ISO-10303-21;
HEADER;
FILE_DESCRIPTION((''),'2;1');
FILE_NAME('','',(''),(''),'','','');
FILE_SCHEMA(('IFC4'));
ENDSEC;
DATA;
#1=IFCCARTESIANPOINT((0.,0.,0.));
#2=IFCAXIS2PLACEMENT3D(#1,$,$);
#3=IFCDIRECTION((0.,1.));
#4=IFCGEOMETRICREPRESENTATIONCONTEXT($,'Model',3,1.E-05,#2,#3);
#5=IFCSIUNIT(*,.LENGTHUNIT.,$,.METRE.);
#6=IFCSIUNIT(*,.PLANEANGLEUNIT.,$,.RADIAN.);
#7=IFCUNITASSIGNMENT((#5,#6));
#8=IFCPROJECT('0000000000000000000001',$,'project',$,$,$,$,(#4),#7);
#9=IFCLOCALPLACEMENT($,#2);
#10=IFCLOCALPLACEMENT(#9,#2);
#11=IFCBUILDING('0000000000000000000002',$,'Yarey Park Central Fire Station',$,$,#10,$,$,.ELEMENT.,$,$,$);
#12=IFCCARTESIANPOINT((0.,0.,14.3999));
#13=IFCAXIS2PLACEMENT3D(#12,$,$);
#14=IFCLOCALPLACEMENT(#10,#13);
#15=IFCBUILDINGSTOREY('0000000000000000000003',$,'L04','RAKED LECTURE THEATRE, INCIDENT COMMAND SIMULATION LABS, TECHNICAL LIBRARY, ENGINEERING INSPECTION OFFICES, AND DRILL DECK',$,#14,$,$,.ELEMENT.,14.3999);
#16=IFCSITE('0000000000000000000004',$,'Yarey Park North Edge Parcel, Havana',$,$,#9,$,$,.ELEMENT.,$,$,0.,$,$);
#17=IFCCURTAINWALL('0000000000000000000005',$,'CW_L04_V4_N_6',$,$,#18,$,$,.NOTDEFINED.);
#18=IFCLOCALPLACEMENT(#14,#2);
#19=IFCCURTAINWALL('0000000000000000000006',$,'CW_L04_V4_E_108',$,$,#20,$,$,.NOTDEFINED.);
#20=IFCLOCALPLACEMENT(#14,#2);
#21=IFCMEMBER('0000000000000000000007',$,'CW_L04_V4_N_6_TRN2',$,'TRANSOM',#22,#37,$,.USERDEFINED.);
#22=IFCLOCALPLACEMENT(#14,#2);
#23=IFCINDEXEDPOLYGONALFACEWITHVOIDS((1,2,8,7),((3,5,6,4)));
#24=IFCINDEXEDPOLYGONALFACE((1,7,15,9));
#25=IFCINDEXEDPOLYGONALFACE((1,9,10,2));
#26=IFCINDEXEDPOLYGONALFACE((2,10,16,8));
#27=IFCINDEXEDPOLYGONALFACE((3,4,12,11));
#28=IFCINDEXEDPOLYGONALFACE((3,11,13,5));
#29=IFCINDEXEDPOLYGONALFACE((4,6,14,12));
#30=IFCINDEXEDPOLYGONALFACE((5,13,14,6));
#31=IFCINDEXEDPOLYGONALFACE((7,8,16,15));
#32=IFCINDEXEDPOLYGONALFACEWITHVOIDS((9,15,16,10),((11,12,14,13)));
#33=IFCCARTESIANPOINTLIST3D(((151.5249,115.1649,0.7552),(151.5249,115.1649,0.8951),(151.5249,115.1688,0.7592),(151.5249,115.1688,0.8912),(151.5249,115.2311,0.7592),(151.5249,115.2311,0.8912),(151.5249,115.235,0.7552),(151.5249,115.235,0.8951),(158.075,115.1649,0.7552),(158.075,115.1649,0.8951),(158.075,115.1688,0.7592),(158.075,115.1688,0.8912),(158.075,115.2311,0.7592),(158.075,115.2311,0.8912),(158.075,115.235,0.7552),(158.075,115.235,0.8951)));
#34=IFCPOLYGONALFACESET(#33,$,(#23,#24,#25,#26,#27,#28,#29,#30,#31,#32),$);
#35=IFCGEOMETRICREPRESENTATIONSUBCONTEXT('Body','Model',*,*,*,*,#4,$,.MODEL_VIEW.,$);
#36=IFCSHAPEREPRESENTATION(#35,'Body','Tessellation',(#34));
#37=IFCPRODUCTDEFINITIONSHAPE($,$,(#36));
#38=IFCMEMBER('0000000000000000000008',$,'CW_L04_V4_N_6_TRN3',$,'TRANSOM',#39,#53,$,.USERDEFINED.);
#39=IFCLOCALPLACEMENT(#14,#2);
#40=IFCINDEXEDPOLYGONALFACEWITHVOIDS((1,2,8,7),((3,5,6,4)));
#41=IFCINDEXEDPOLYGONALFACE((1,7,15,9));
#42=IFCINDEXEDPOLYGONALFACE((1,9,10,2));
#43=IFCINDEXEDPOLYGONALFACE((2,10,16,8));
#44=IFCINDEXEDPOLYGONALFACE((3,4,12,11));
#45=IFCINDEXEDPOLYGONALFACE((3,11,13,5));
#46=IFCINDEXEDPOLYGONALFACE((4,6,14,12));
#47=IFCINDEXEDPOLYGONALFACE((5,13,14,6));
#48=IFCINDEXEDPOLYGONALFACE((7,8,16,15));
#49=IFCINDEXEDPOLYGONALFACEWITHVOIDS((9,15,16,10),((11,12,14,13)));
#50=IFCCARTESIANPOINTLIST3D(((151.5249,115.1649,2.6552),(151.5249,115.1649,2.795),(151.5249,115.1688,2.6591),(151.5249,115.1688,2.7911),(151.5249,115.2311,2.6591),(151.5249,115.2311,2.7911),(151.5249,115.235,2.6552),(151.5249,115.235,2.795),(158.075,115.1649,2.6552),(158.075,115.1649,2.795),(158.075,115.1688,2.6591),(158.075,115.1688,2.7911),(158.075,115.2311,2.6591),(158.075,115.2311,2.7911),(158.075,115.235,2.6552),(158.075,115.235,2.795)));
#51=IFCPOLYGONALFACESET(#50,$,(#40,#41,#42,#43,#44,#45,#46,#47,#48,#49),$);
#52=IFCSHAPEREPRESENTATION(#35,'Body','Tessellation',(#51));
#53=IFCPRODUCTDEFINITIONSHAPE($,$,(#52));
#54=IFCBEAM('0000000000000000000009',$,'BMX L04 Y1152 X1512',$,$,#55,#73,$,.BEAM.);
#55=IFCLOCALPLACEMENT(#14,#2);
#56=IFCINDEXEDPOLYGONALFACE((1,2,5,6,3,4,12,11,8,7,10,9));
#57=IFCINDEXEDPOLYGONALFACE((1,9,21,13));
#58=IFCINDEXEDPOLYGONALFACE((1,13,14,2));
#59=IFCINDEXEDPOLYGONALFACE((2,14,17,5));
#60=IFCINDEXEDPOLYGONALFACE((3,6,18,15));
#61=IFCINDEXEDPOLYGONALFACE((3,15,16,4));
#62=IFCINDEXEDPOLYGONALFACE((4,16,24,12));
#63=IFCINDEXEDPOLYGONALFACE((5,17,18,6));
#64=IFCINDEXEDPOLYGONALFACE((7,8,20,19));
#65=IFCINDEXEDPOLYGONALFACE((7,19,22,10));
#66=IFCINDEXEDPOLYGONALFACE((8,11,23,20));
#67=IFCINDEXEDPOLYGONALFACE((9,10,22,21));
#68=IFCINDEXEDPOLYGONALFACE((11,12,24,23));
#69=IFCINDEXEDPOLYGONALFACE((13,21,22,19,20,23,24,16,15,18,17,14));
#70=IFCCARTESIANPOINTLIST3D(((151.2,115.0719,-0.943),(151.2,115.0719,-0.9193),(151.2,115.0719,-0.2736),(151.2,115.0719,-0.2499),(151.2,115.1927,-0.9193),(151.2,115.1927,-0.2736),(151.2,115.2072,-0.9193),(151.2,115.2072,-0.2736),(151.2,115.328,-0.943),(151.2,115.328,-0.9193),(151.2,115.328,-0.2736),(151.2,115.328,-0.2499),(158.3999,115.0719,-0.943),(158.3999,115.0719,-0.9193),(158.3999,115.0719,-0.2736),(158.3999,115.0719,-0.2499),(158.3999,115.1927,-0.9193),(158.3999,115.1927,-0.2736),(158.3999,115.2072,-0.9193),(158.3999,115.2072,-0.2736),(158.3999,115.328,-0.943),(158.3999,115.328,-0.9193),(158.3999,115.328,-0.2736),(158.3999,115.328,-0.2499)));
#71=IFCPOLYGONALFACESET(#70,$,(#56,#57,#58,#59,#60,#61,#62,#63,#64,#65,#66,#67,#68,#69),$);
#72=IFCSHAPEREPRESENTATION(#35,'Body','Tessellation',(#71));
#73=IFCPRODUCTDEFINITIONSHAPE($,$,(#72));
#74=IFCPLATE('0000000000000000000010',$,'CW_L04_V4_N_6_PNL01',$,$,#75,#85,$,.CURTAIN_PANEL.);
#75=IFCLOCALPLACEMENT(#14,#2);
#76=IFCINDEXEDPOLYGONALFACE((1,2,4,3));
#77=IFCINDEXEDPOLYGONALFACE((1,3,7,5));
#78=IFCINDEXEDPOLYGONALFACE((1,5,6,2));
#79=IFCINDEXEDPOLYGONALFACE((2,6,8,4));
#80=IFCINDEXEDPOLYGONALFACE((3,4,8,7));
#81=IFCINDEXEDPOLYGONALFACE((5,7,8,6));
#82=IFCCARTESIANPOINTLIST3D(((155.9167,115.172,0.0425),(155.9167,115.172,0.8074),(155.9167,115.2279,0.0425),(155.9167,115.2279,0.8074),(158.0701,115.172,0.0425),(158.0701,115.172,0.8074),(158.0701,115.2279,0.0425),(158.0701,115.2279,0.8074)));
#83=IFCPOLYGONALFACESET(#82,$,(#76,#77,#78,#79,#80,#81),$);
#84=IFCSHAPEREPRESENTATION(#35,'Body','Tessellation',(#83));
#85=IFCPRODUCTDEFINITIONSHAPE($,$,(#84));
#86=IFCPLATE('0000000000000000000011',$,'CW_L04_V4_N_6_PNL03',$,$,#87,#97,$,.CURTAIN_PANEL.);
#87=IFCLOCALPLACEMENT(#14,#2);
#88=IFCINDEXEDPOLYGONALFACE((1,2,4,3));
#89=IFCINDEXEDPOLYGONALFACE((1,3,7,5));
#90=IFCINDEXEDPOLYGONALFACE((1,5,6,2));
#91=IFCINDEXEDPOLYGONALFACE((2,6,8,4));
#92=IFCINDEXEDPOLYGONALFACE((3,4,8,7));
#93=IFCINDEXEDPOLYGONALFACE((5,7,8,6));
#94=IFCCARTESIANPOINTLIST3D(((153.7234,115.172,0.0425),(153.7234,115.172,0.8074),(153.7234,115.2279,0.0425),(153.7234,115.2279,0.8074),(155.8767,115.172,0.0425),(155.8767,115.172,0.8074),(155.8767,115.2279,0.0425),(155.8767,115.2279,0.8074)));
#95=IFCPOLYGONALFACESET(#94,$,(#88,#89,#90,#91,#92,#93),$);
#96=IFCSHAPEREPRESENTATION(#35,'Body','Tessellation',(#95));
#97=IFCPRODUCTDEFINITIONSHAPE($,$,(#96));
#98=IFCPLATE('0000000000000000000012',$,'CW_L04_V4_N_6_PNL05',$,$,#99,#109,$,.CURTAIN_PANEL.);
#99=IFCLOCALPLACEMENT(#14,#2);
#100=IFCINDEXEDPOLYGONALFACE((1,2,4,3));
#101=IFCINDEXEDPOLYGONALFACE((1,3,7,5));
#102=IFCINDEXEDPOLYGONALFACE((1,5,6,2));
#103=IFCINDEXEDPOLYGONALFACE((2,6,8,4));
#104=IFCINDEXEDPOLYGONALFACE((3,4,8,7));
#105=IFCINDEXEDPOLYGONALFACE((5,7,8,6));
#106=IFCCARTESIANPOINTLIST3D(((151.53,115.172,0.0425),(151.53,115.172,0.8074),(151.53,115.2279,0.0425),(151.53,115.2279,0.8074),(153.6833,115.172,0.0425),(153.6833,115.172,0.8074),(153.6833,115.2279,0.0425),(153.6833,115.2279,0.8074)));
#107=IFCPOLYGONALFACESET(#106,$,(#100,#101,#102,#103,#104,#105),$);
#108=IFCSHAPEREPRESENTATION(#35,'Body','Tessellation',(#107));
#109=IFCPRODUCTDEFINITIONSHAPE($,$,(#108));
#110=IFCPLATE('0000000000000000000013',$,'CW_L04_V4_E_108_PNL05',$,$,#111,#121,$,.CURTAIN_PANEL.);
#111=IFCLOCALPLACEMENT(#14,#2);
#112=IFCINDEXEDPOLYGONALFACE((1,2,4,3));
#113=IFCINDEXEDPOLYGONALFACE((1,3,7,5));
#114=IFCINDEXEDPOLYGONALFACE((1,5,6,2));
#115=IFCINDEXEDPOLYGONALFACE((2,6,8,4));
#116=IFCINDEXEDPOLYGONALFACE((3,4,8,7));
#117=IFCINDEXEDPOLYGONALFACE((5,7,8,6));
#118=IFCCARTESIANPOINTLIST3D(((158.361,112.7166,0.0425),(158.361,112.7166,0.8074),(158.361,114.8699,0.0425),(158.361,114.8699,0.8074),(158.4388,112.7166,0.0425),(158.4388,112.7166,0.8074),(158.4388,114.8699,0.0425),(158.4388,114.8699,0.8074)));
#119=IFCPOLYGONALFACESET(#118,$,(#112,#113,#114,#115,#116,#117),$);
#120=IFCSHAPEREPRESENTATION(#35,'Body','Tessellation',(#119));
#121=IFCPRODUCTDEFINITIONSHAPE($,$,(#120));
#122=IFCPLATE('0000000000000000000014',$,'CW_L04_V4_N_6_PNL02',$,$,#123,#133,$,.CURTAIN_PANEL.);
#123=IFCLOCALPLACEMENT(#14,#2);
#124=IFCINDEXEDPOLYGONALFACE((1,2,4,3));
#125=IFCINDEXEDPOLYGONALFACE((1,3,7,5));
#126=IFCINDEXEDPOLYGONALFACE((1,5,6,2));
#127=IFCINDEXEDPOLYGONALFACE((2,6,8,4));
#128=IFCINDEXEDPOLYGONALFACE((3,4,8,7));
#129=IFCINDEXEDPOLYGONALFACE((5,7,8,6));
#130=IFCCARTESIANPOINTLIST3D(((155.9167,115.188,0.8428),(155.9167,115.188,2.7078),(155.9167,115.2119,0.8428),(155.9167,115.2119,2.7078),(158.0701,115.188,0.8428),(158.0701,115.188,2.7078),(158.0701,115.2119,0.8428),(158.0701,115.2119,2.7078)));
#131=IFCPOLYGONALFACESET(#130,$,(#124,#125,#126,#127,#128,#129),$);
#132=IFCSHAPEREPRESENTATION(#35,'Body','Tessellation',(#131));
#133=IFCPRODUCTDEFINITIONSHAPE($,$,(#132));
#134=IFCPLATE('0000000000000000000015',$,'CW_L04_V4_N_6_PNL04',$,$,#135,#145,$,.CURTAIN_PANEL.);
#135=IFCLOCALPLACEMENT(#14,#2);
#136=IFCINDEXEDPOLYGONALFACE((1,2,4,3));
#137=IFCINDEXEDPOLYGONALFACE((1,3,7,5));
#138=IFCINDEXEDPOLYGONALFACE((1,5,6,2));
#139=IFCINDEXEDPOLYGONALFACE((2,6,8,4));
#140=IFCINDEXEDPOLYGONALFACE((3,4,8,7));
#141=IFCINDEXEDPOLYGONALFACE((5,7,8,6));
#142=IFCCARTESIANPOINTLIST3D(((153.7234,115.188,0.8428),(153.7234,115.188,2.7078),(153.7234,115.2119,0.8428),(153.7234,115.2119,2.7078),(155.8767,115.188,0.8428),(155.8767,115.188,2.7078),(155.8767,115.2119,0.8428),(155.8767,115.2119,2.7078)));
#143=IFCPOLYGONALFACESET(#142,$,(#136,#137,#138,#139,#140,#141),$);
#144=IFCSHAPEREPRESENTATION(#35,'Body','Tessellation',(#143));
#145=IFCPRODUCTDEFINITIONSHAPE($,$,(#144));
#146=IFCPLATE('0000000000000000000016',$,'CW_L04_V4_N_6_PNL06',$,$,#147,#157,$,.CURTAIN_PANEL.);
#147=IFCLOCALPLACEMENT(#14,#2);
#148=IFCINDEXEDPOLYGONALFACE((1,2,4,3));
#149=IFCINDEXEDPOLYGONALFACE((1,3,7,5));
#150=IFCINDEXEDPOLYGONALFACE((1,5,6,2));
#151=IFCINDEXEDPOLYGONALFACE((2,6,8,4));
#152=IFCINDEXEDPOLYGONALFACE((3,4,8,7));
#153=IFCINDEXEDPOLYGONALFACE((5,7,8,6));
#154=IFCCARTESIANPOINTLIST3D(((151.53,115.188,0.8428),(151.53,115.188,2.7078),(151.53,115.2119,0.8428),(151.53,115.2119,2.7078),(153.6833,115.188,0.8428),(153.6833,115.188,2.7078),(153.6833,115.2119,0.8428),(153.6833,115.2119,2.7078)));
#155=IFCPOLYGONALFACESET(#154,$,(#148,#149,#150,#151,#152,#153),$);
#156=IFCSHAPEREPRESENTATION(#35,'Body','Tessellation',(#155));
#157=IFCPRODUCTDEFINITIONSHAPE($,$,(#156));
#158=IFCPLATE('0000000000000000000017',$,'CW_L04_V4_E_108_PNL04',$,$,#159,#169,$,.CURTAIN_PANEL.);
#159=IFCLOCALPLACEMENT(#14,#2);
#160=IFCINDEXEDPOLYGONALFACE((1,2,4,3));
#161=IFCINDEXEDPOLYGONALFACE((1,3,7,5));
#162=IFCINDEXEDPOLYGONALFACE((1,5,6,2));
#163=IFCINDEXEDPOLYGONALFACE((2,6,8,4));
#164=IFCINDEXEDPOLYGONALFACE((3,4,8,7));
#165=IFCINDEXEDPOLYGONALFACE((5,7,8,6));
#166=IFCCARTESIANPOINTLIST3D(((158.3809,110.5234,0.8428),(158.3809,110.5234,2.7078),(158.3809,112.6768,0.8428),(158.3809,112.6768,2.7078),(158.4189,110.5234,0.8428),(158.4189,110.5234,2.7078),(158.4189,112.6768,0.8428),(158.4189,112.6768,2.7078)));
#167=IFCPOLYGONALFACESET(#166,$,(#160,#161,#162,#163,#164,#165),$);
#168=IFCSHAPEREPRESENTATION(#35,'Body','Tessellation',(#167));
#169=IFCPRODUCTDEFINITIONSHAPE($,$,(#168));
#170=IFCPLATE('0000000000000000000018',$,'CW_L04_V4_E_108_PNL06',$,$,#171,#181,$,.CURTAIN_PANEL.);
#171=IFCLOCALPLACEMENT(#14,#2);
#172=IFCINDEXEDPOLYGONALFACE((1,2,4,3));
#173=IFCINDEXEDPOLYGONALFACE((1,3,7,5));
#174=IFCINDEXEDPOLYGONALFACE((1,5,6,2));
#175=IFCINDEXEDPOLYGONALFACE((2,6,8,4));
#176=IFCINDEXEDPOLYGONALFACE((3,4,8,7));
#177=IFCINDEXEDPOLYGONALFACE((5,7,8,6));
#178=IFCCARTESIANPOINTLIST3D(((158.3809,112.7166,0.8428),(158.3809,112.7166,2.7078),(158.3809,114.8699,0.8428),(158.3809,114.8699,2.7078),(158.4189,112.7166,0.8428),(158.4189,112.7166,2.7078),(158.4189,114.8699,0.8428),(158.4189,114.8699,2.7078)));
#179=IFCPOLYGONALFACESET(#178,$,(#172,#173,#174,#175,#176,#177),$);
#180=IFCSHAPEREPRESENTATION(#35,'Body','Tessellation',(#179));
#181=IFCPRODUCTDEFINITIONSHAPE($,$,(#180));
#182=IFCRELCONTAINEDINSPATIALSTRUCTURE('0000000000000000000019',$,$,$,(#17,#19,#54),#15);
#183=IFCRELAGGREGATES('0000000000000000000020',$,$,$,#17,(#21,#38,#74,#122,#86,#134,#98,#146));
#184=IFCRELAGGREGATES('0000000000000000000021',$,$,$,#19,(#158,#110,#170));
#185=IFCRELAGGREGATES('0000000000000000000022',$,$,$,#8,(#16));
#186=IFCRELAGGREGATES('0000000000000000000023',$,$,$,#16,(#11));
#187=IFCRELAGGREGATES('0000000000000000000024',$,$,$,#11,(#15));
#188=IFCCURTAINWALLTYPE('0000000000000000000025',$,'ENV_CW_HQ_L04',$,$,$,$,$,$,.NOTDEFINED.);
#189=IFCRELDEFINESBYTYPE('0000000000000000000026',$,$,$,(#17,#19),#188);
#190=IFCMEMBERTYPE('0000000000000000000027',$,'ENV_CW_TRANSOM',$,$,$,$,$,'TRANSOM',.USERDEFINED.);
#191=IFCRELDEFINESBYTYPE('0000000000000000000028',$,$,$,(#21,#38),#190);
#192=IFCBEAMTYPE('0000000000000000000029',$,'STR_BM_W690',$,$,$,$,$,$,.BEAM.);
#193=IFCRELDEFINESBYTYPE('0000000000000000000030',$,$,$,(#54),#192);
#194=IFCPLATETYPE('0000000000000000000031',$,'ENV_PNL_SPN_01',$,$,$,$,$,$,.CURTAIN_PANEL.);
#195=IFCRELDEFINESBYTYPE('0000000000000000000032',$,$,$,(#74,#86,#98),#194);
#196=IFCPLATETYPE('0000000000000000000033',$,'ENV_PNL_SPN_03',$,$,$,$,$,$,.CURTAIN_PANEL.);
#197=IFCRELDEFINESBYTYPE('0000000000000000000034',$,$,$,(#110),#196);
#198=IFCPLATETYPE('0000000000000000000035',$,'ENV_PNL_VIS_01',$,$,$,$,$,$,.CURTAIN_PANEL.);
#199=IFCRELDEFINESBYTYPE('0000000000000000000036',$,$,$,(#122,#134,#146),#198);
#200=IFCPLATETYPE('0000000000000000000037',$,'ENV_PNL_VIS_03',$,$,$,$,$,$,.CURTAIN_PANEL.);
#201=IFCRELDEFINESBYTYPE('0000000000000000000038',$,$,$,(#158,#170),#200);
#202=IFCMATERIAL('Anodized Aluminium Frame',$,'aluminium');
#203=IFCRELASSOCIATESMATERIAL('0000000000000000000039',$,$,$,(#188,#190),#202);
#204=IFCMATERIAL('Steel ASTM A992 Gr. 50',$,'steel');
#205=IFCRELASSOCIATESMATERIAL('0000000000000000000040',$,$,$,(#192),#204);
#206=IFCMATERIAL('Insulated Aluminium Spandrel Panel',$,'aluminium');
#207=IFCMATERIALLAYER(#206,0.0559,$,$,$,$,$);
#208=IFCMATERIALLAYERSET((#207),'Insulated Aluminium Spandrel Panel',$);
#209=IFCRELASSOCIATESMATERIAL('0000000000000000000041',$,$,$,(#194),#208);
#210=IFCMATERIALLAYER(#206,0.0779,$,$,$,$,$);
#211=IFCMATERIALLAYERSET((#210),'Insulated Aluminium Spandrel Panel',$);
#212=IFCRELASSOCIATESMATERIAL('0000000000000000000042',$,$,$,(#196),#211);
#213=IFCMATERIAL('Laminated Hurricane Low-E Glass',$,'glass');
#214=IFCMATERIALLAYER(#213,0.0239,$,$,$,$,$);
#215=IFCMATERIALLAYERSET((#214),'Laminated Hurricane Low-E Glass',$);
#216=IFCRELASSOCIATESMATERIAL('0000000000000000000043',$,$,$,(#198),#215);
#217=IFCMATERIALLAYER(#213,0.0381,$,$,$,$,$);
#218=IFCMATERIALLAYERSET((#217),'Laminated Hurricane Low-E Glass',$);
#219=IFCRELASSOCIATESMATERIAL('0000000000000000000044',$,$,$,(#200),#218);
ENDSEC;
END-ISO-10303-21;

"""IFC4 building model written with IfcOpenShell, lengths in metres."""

from ifc_helpers import new_model, si_unit, direction, frame, origin, origin_2d, place, context, subcontext, project, spatial, rectangle, hollow_rectangle, i_section, extrude, material, layer, layer_set, material_profile, profile_set, type_object, element, aggregate, save


model = new_model("IFC4")

# Units and contexts
model_context = context("Model", 3, precision=1e-05, world=origin(), true_north=direction((0.0, 1.0)))
body_context = subcontext(model_context, "Body", "Model", "MODEL_VIEW")
ifc_project = project(units=[si_unit("LENGTHUNIT", "METRE"), si_unit("PLANEANGLEUNIT", "RADIAN")], contexts=[model_context])

# Site, building, storey
site_placement = place(None, origin())
site = spatial("IfcSite", under=ifc_project, at=site_placement, Name="Yarey Park North Edge Parcel, Havana", CompositionType="ELEMENT", RefElevation=0.0)
building_placement = place(site_placement, origin())
building = spatial("IfcBuilding", under=site, at=building_placement, Name="Yarey Park Central Fire Station", CompositionType="ELEMENT")
storey_placement = place(building_placement, frame((0.0, 0.0, 14.3999)))
storey = spatial("IfcBuildingStorey", under=building, at=storey_placement, Name="L04", Description="RAKED LECTURE THEATRE, INCIDENT COMMAND SIMULATION LABS, TECHNICAL LIBRARY, ENGINEERING INSPECTION OFFICES, AND DRILL DECK", CompositionType="ELEMENT", Elevation=14.3999)

# Curtain walls
ifc_material_1 = material(Name="Anodized Aluminium Frame", Category="aluminium")
curtain_wall_type = type_object("IfcCurtainWallType", Name="ENV_CW_HQ_L04", PredefinedType="NOTDEFINED", material=ifc_material_1)
curtain_wall_1_placement = place(storey_placement, origin())
curtain_wall_1 = element("IfcCurtainWall", 1, at=curtain_wall_1_placement, inside=storey, type_object=curtain_wall_type, Name="CW_L04_V4_N_6", PredefinedType="NOTDEFINED")
curtain_wall_2_placement = place(storey_placement, origin())
curtain_wall_2 = element("IfcCurtainWall", 2, at=curtain_wall_2_placement, inside=storey, type_object=curtain_wall_type, Name="CW_L04_V4_E_108", PredefinedType="NOTDEFINED")
ifc_material_profile_1 = material_profile(ifc_material_1, hollow_rectangle(XDim=0.0701, YDim=0.1399, WallThickness=0.0039, at=origin_2d()), Name="ALU 140x70x4")
ifc_profile_set_1 = profile_set([ifc_material_profile_1], Name="Anodized Aluminium Frame")
member_type_1 = type_object("IfcMemberType", Name="ENV_CW_TRANSOM", ElementType="TRANSOM", PredefinedType="USERDEFINED", material=ifc_profile_set_1)

# Members
member_1_placement = place(storey_placement, frame((158.075, 115.2, 0.8252), z_axis=(-1.0, 0.0, 0.0), x_axis=(0.0, -1.0, 0.0)))
member_1 = element("IfcMember", 3, at=member_1_placement, type_object=member_type_1, Name="CW_L04_V4_N_6_TRN2", ObjectType="TRANSOM", PredefinedType="USERDEFINED", context=body_context, shape_type="SweptSolid", body=[
    extrude(hollow_rectangle(XDim=0.0701, YDim=0.1399, WallThickness=0.0039, at=origin_2d()), origin(), (0.0, 0.0, 1.0), 6.55),
])
member_2_placement = place(storey_placement, frame((158.075, 115.2, 2.7251), z_axis=(-1.0, 0.0, 0.0), x_axis=(0.0, -1.0, 0.0)))
member_2 = element("IfcMember", 4, at=member_2_placement, type_object=member_type_1, Name="CW_L04_V4_N_6_TRN3", ObjectType="TRANSOM", PredefinedType="USERDEFINED", context=body_context, shape_type="SweptSolid", body=[
    extrude(hollow_rectangle(XDim=0.0701, YDim=0.1399, WallThickness=0.0039, at=origin_2d()), origin(), (0.0, 0.0, 1.0), 6.55),
])

# Beam
ifc_material_2 = material(Name="Steel ASTM A992 Gr. 50", Category="steel")
ifc_material_profile_2 = material_profile(ifc_material_2, i_section(OverallWidth=0.2561, OverallDepth=0.6931, WebThickness=0.0144, FlangeThickness=0.0237, at=origin_2d()), Name="W690x170")
ifc_profile_set_2 = profile_set([ifc_material_profile_2], Name="Steel ASTM A992 Gr. 50")
beam_type = type_object("IfcBeamType", Name="STR_BM_W690", PredefinedType="BEAM", material=ifc_profile_set_2)
beam_placement = place(storey_placement, frame((151.2, 115.2, -0.5964), z_axis=(1.0, 0.0, 0.0), x_axis=(0.0, 1.0, 0.0)))
element("IfcBeam", 5, at=beam_placement, inside=storey, type_object=beam_type, Name="BMX L04 Y1152 X1512", PredefinedType="BEAM", context=body_context, shape_type="SweptSolid", body=[
    extrude(i_section(OverallWidth=0.2561, OverallDepth=0.6931, WebThickness=0.0144, FlangeThickness=0.0237, at=origin_2d()), origin(), (0.0, 0.0, 1.0), 7.2),
])

# Plates
ifc_material_3 = material(Name="Insulated Aluminium Spandrel Panel", Category="aluminium")
ifc_layer_1 = layer(ifc_material_3, 0.0559)
ifc_layer_set_1 = layer_set([ifc_layer_1], Name="Insulated Aluminium Spandrel Panel")
plate_type_1 = type_object("IfcPlateType", Name="ENV_PNL_SPN_01", PredefinedType="CURTAIN_PANEL", material=ifc_layer_set_1)
plate_1_placement = place(storey_placement, frame((156.9934, 115.2, 0.0425), z_axis=(0.0, 0.0, 1.0), x_axis=(-1.0, 0.0, 0.0)))
plate_1 = element("IfcPlate", 6, at=plate_1_placement, type_object=plate_type_1, Name="CW_L04_V4_N_6_PNL01", PredefinedType="CURTAIN_PANEL", context=body_context, shape_type="SweptSolid", body=[
    extrude(rectangle(XDim=2.1533, YDim=0.0559, at=origin_2d()), origin(), (0.0, 0.0, 1.0), 0.7649),
])
plate_2_placement = place(storey_placement, frame((154.8, 115.2, 0.0425), z_axis=(0.0, 0.0, 1.0), x_axis=(-1.0, 0.0, 0.0)))
plate_2 = element("IfcPlate", 7, at=plate_2_placement, type_object=plate_type_1, Name="CW_L04_V4_N_6_PNL03", PredefinedType="CURTAIN_PANEL", context=body_context, shape_type="SweptSolid", body=[
    extrude(rectangle(XDim=2.1533, YDim=0.0559, at=origin_2d()), origin(), (0.0, 0.0, 1.0), 0.7649),
])
plate_3_placement = place(storey_placement, frame((152.6067, 115.2, 0.0425), z_axis=(0.0, 0.0, 1.0), x_axis=(-1.0, 0.0, 0.0)))
plate_3 = element("IfcPlate", 8, at=plate_3_placement, type_object=plate_type_1, Name="CW_L04_V4_N_6_PNL05", PredefinedType="CURTAIN_PANEL", context=body_context, shape_type="SweptSolid", body=[
    extrude(rectangle(XDim=2.1533, YDim=0.0559, at=origin_2d()), origin(), (0.0, 0.0, 1.0), 0.7649),
])
ifc_layer_2 = layer(ifc_material_3, 0.0779)
ifc_layer_set_2 = layer_set([ifc_layer_2], Name="Insulated Aluminium Spandrel Panel")
plate_type_2 = type_object("IfcPlateType", Name="ENV_PNL_SPN_03", PredefinedType="CURTAIN_PANEL", material=ifc_layer_set_2)
plate_4_placement = place(storey_placement, frame((158.3999, 113.7932, 0.0425), z_axis=(0.0, 0.0, 1.0), x_axis=(0.0, 1.0, 0.0)))
plate_4 = element("IfcPlate", 9, at=plate_4_placement, type_object=plate_type_2, Name="CW_L04_V4_E_108_PNL05", PredefinedType="CURTAIN_PANEL", context=body_context, shape_type="SweptSolid", body=[
    extrude(rectangle(XDim=2.1533, YDim=0.0779, at=origin_2d()), origin(), (0.0, 0.0, 1.0), 0.7649),
])
ifc_material_4 = material(Name="Laminated Hurricane Low-E Glass", Category="glass")
ifc_layer_3 = layer(ifc_material_4, 0.0239)
ifc_layer_set_3 = layer_set([ifc_layer_3], Name="Laminated Hurricane Low-E Glass")
plate_type_3 = type_object("IfcPlateType", Name="ENV_PNL_VIS_01", PredefinedType="CURTAIN_PANEL", material=ifc_layer_set_3)
plate_5_placement = place(storey_placement, frame((156.9934, 115.2, 0.8428), z_axis=(0.0, 0.0, 1.0), x_axis=(-1.0, 0.0, 0.0)))
plate_5 = element("IfcPlate", 10, at=plate_5_placement, type_object=plate_type_3, Name="CW_L04_V4_N_6_PNL02", PredefinedType="CURTAIN_PANEL", context=body_context, shape_type="SweptSolid", body=[
    extrude(rectangle(XDim=2.1533, YDim=0.0239, at=origin_2d()), origin(), (0.0, 0.0, 1.0), 1.865),
])
plate_6_placement = place(storey_placement, frame((154.8, 115.2, 0.8428), z_axis=(0.0, 0.0, 1.0), x_axis=(-1.0, 0.0, 0.0)))
plate_6 = element("IfcPlate", 11, at=plate_6_placement, type_object=plate_type_3, Name="CW_L04_V4_N_6_PNL04", PredefinedType="CURTAIN_PANEL", context=body_context, shape_type="SweptSolid", body=[
    extrude(rectangle(XDim=2.1533, YDim=0.0239, at=origin_2d()), origin(), (0.0, 0.0, 1.0), 1.865),
])
plate_7_placement = place(storey_placement, frame((152.6067, 115.2, 0.8428), z_axis=(0.0, 0.0, 1.0), x_axis=(-1.0, 0.0, 0.0)))
plate_7 = element("IfcPlate", 12, at=plate_7_placement, type_object=plate_type_3, Name="CW_L04_V4_N_6_PNL06", PredefinedType="CURTAIN_PANEL", context=body_context, shape_type="SweptSolid", body=[
    extrude(rectangle(XDim=2.1533, YDim=0.0239, at=origin_2d()), origin(), (0.0, 0.0, 1.0), 1.865),
])
aggregate(curtain_wall_1, [member_1, member_2, plate_1, plate_5, plate_2, plate_6, plate_3, plate_7])
ifc_layer_4 = layer(ifc_material_4, 0.0381)
ifc_layer_set_4 = layer_set([ifc_layer_4], Name="Laminated Hurricane Low-E Glass")
plate_type_4 = type_object("IfcPlateType", Name="ENV_PNL_VIS_03", PredefinedType="CURTAIN_PANEL", material=ifc_layer_set_4)
plate_8_placement = place(storey_placement, frame((158.3999, 111.6001, 0.8428), z_axis=(0.0, 0.0, 1.0), x_axis=(0.0, 1.0, 0.0)))
plate_8 = element("IfcPlate", 13, at=plate_8_placement, type_object=plate_type_4, Name="CW_L04_V4_E_108_PNL04", PredefinedType="CURTAIN_PANEL", context=body_context, shape_type="SweptSolid", body=[
    extrude(rectangle(XDim=2.1533, YDim=0.0381, at=origin_2d()), origin(), (0.0, 0.0, 1.0), 1.865),
])
plate_9_placement = place(storey_placement, frame((158.3999, 113.7932, 0.8428), z_axis=(0.0, 0.0, 1.0), x_axis=(0.0, 1.0, 0.0)))
plate_9 = element("IfcPlate", 14, at=plate_9_placement, type_object=plate_type_4, Name="CW_L04_V4_E_108_PNL06", PredefinedType="CURTAIN_PANEL", context=body_context, shape_type="SweptSolid", body=[
    extrude(rectangle(XDim=2.1533, YDim=0.0381, at=origin_2d()), origin(), (0.0, 0.0, 1.0), 1.865),
])
aggregate(curtain_wall_2, [plate_8, plate_4, plate_9])

save(model, "model.ifc")
